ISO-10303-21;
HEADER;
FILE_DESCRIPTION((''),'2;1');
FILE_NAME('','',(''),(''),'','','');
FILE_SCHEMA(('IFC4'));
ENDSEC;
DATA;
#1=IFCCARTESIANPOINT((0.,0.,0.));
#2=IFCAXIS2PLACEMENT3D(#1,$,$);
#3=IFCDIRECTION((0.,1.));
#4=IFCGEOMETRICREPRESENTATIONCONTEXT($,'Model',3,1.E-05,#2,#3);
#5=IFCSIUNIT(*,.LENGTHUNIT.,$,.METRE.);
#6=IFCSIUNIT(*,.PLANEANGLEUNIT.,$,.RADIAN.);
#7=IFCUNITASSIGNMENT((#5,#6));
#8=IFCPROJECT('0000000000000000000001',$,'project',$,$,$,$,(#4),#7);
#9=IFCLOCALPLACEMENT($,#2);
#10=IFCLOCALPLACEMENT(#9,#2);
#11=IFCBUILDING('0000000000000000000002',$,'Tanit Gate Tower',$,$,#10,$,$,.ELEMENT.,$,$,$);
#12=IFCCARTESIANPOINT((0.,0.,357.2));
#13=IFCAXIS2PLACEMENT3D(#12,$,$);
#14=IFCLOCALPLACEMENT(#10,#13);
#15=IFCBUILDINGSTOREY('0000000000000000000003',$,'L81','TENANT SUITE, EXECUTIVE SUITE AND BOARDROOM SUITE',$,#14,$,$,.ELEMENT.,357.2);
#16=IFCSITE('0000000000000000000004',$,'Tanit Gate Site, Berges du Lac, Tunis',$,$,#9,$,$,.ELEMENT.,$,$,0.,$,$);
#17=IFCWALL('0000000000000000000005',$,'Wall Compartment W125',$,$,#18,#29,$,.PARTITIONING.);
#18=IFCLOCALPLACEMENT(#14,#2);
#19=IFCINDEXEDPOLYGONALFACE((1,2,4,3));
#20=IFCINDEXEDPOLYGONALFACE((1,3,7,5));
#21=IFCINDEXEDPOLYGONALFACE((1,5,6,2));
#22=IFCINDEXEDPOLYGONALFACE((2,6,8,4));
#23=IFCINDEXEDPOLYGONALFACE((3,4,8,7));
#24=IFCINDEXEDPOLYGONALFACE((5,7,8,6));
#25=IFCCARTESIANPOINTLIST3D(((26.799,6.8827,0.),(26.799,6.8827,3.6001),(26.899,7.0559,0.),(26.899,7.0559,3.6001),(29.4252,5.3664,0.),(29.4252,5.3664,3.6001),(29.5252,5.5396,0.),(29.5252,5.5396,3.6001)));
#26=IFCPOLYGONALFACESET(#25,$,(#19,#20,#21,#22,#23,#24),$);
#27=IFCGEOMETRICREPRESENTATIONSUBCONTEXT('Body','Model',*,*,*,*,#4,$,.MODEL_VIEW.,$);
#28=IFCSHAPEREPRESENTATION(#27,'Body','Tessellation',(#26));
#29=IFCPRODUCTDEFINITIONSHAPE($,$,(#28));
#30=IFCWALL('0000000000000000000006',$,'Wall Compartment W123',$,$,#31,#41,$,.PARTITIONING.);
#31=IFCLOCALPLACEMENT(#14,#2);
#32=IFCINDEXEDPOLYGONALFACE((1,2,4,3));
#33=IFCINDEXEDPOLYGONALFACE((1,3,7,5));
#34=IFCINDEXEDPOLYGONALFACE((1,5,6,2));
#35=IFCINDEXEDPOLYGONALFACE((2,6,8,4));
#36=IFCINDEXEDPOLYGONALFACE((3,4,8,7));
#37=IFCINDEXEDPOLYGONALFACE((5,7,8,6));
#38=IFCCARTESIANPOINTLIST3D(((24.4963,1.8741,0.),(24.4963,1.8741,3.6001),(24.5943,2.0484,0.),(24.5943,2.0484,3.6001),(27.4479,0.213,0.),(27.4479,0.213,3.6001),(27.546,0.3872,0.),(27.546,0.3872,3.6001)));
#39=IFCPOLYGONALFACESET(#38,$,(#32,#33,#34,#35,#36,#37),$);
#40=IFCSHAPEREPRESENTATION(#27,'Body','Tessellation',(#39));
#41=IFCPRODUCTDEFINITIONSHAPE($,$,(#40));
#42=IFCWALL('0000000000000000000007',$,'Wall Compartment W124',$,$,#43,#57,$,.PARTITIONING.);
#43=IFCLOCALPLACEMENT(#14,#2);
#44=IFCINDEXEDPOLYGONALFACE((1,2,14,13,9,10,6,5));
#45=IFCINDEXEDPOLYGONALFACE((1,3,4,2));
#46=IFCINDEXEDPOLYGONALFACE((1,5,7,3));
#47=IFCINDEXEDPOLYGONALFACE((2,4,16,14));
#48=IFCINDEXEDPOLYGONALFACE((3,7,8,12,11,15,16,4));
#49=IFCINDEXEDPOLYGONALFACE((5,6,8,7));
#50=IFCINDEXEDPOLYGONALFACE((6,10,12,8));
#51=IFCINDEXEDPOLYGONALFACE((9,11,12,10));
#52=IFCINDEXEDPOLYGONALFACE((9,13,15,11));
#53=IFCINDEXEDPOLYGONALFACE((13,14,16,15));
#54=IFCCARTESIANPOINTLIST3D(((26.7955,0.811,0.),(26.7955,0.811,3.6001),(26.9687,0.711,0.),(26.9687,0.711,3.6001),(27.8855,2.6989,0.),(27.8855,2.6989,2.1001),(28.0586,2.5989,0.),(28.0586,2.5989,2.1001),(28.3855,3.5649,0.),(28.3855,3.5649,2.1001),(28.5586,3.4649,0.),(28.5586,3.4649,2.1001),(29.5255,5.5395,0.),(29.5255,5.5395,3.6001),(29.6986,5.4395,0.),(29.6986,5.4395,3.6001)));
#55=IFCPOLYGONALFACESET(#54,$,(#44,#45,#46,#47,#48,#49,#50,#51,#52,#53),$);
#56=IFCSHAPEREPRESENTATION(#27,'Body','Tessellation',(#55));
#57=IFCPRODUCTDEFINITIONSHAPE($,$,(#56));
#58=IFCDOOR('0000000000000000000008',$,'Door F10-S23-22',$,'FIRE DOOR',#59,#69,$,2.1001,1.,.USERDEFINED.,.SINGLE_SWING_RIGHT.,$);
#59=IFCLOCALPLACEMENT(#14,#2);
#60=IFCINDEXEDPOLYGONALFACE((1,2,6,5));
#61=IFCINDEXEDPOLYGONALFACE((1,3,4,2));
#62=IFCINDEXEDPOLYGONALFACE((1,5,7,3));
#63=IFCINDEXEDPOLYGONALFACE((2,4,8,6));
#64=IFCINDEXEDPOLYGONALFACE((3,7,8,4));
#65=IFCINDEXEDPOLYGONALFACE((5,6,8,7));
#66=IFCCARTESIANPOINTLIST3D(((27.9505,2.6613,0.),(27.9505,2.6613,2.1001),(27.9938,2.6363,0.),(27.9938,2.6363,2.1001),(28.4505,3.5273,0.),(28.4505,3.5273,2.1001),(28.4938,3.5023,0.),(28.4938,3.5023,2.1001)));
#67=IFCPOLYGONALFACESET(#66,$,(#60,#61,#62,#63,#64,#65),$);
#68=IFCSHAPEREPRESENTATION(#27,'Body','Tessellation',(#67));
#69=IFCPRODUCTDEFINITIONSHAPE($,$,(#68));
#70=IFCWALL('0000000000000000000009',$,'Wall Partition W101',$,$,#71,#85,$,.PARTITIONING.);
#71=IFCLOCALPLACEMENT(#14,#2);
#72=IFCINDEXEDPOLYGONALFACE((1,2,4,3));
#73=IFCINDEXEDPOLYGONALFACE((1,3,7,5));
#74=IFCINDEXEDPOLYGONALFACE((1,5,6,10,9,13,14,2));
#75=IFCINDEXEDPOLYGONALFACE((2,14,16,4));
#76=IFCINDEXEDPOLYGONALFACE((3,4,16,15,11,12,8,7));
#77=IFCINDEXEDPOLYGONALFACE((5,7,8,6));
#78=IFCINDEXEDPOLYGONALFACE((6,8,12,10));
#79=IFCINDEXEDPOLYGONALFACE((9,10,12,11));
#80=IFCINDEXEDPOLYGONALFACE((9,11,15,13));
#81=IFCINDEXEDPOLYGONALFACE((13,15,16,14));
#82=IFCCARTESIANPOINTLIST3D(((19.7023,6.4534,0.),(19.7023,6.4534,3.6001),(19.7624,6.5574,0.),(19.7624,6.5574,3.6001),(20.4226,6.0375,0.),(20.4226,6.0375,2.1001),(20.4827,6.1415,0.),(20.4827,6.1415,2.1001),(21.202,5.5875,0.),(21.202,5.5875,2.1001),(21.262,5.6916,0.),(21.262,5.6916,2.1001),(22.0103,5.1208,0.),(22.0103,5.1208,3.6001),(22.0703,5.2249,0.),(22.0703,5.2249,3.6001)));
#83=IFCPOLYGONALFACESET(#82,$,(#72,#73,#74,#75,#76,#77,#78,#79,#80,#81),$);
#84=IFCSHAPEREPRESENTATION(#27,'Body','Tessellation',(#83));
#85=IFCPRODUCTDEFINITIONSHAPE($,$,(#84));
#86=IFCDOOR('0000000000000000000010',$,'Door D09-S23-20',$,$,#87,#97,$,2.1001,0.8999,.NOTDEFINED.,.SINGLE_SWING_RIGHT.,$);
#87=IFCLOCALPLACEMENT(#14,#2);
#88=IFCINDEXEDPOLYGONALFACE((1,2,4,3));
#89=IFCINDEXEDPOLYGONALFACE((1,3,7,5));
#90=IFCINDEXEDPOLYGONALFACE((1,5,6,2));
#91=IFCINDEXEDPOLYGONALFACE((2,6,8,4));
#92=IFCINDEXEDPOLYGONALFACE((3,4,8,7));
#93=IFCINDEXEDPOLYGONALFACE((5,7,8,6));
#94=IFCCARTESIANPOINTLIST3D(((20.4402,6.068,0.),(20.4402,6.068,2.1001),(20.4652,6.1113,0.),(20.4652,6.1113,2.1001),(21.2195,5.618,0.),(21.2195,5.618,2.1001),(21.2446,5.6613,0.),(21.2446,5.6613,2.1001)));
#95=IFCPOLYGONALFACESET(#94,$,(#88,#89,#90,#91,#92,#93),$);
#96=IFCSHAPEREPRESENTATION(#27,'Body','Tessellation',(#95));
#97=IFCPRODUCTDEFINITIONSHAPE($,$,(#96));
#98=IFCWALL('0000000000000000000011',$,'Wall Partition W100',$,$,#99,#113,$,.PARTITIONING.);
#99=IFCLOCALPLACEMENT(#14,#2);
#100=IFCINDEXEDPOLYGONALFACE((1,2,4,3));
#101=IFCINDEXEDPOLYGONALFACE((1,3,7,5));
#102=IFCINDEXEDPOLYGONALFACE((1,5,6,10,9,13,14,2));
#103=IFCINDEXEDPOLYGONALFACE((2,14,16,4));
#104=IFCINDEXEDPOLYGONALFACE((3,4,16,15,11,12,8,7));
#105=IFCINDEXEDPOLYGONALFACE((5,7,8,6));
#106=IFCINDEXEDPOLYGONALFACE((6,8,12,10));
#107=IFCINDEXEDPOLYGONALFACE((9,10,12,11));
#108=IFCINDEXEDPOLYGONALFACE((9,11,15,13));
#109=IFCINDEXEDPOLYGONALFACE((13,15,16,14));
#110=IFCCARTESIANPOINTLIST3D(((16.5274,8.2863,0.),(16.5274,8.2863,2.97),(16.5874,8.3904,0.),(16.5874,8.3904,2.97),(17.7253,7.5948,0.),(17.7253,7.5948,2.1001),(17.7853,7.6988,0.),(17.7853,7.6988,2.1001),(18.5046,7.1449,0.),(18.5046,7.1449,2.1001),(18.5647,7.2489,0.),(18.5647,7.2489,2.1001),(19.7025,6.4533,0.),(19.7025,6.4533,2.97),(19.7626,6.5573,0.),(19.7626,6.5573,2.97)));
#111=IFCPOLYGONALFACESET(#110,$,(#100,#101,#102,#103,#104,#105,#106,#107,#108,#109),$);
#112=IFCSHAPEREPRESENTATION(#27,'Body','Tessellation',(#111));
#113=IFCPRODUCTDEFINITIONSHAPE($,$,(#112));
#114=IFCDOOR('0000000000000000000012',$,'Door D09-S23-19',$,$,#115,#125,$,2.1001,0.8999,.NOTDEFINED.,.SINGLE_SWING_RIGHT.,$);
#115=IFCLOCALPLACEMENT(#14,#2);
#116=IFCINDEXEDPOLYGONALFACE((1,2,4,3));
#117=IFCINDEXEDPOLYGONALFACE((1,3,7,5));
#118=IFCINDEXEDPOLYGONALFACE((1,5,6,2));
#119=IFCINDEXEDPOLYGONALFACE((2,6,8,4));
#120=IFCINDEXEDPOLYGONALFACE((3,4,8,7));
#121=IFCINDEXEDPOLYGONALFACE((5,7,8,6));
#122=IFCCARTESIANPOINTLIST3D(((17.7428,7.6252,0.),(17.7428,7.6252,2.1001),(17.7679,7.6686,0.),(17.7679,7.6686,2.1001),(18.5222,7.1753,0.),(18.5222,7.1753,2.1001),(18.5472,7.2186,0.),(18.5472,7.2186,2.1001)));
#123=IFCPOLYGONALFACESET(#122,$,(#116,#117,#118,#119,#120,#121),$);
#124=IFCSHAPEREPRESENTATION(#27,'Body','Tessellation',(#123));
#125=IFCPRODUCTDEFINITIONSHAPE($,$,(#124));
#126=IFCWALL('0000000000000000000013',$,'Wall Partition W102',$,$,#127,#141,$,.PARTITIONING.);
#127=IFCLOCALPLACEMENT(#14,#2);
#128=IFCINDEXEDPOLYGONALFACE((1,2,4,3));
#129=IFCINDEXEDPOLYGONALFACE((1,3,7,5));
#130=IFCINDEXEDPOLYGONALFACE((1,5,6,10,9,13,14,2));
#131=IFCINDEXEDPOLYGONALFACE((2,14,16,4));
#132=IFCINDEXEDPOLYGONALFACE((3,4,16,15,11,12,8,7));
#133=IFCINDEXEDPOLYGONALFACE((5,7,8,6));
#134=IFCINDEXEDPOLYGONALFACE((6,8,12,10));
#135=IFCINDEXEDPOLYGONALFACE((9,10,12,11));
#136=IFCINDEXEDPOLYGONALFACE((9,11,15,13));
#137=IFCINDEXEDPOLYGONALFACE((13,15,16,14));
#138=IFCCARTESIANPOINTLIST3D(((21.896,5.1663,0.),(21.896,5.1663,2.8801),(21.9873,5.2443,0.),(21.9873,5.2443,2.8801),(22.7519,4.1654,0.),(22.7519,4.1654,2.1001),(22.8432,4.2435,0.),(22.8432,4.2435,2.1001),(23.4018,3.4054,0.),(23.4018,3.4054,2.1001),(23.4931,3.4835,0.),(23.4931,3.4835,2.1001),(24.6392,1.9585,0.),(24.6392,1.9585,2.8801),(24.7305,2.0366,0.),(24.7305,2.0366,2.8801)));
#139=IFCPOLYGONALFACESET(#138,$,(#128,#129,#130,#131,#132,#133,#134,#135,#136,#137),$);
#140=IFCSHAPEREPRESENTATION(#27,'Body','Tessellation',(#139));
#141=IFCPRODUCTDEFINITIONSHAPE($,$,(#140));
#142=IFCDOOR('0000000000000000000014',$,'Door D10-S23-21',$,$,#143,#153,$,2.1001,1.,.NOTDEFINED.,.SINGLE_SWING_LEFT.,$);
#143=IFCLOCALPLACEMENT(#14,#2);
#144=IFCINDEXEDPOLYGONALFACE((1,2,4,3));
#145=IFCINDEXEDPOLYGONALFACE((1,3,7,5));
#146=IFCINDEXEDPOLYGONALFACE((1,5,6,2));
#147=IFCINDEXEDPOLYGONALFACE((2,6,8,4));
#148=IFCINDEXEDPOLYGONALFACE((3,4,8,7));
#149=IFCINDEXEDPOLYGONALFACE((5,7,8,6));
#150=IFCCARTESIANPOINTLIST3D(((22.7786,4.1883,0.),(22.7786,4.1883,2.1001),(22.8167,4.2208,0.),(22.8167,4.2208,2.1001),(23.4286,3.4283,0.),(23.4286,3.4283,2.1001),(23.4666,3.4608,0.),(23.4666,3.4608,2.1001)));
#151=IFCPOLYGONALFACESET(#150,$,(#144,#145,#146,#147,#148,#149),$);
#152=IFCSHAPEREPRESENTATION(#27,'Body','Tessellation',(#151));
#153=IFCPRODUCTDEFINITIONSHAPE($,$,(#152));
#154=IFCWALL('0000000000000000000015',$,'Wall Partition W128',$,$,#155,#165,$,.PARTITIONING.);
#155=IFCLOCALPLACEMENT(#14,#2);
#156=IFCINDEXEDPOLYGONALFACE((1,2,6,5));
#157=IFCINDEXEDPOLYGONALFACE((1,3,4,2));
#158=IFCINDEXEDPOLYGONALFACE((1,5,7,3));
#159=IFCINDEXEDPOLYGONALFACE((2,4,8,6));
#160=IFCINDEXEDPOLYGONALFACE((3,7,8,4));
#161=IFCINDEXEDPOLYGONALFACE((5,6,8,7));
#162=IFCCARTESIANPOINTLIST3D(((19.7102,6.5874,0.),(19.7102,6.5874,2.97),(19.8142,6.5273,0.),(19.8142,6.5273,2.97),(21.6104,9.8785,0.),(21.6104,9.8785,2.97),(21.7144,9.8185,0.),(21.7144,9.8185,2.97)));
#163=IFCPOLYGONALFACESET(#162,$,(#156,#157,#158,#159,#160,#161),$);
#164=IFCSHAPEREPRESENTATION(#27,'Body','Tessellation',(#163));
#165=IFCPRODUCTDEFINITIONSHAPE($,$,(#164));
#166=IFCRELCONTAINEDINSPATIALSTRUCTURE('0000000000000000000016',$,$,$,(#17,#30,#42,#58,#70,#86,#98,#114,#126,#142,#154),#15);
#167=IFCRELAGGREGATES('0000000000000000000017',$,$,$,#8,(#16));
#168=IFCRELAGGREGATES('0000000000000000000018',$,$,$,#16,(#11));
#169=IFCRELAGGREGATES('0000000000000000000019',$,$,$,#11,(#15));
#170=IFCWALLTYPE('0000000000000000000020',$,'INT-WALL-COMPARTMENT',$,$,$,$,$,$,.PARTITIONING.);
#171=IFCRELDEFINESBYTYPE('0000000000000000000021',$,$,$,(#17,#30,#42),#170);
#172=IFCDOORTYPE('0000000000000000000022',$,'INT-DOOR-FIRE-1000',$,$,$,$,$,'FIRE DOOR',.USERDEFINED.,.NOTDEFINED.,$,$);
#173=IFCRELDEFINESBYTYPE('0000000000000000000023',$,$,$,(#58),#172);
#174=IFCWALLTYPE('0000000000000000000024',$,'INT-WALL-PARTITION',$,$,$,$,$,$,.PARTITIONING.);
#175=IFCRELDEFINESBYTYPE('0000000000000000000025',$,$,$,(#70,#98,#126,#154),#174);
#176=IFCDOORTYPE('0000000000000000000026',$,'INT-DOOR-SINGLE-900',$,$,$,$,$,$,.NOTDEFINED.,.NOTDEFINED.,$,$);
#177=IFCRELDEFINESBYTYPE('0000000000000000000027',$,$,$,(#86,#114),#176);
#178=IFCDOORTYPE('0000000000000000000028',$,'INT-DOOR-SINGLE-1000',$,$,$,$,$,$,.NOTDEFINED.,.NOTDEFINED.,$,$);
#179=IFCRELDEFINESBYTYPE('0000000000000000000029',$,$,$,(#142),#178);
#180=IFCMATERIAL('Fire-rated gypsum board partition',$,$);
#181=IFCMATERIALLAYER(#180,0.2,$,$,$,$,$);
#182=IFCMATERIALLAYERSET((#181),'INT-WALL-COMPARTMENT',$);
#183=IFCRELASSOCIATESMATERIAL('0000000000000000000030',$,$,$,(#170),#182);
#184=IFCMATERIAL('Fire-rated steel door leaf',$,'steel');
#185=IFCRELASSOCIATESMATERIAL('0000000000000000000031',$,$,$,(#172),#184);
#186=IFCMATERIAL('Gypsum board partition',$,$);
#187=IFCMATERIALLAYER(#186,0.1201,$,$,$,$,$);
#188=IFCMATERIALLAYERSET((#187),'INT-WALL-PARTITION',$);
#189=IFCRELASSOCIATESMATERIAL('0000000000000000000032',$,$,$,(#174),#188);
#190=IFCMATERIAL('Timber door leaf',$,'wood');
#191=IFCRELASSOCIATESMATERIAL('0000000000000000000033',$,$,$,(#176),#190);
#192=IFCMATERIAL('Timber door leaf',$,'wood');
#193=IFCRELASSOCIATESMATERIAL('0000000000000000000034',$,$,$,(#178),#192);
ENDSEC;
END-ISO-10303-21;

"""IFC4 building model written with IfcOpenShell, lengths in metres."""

from ifc_helpers import new_model, si_unit, direction, frame, frame_2d, origin, place, context, subcontext, project, spatial, rectangle, extrude, material, layer, layer_set, type_object, element, fill, save


model = new_model("IFC4")

# Units and contexts
model_context = context("Model", 3, precision=1e-05, world=origin(), true_north=direction((0.0, 1.0)))
body_context = subcontext(model_context, "Body", "Model", "MODEL_VIEW")
ifc_project = project(units=[si_unit("LENGTHUNIT", "METRE"), si_unit("PLANEANGLEUNIT", "RADIAN")], contexts=[model_context])

# Site, building, storey
site_placement = place(None, origin())
site = spatial("IfcSite", under=ifc_project, at=site_placement, Name="Tanit Gate Site, Berges du Lac, Tunis", CompositionType="ELEMENT", RefElevation=0.0)
building_placement = place(site_placement, origin())
building = spatial("IfcBuilding", under=site, at=building_placement, Name="Tanit Gate Tower", CompositionType="ELEMENT")
storey_placement = place(building_placement, frame((0.0, 0.0, 357.2)))
storey = spatial("IfcBuildingStorey", under=building, at=storey_placement, Name="L81", Description="TENANT SUITE, EXECUTIVE SUITE AND BOARDROOM SUITE", CompositionType="ELEMENT", Elevation=357.2)

# Shared definitions
ifc_material_1 = material(Name="Fire-rated gypsum board partition")
ifc_layer_1 = layer(ifc_material_1, 0.2)
ifc_layer_set_1 = layer_set([ifc_layer_1], Name="INT-WALL-COMPARTMENT")
wall_type_1 = type_object("IfcWallType", Name="INT-WALL-COMPARTMENT", PredefinedType="PARTITIONING", material=ifc_layer_set_1)
ifc_material_2 = material(Name="Fire-rated steel door leaf", Category="steel")
door_type_1 = type_object("IfcDoorType", Name="INT-DOOR-FIRE-1000", ElementType="FIRE DOOR", OperationType="NOTDEFINED", PredefinedType="USERDEFINED", material=ifc_material_2)

# Walls
wall_1_placement = place(storey_placement, frame((26.8491, 6.9692, 0.0), z_axis=(0.0, 0.0, 1.0), x_axis=(0.86601, -0.500027, 0.0)))
element("IfcWall", 1, at=wall_1_placement, inside=storey, type_object=wall_type_1, Name="Wall Compartment W125", PredefinedType="PARTITIONING", context=body_context, shape_type="SweptSolid", body=[
    extrude(rectangle(XDim=3.0325, YDim=0.2, at=frame_2d((1.5161, 0.0))), origin(), (0.0, 0.0, 1.0), 3.6001),
])
wall_2_placement = place(storey_placement, frame((24.5454, 1.9612, 0.0), z_axis=(0.0, 0.0, 1.0), x_axis=(0.871472, -0.490446, 0.0)))
element("IfcWall", 2, at=wall_2_placement, inside=storey, type_object=wall_type_1, Name="Wall Compartment W123", PredefinedType="PARTITIONING", context=body_context, shape_type="SweptSolid", body=[
    extrude(rectangle(XDim=3.387, YDim=0.2, at=frame_2d((1.6934, 0.0))), origin(), (0.0, 0.0, 1.0), 3.6001),
])

# Walls, openings, doors
wall_3_placement = place(storey_placement, frame((26.8821, 0.761, 0.0), z_axis=(0.0, 0.0, 1.0), x_axis=(0.499996, 0.866028, 0.0)))
wall_3 = element("IfcWall", 3, at=wall_3_placement, inside=storey, type_object=wall_type_1, Name="Wall Compartment W124", PredefinedType="PARTITIONING", context=body_context, shape_type="SweptSolid", body=[
    extrude(rectangle(XDim=5.46, YDim=0.2, at=frame_2d((2.73, 0.0))), origin(), (0.0, 0.0, 1.0), 3.6001),
])
opening_1_placement = place(wall_3_placement, frame((2.1799, 0.0, 0.0)))
opening_1 = element("IfcOpeningElement", 4, at=opening_1_placement, cuts=wall_3, PredefinedType="OPENING", context=body_context, shape_type="SweptSolid", body=[
    extrude(rectangle(XDim=1.0, YDim=2.1001, at=frame_2d((0.5, 1.05))), frame((0.0, 0.1099, 0.0), z_axis=(0.0, -1.0, 0.0), x_axis=(1.0, 0.0, 0.0)), (0.0, 0.0, 1.0), 0.22),
])
door_1_placement = place(opening_1_placement, origin())
door_1 = element("IfcDoor", 5, at=door_1_placement, inside=storey, type_object=door_type_1, Name="Door F10-S23-22", ObjectType="FIRE DOOR", OperationType="SINGLE_SWING_RIGHT", OverallHeight=2.1001, OverallWidth=1.0, PredefinedType="USERDEFINED", context=body_context, shape_type="SweptSolid", body=[
    extrude(rectangle(XDim=1.0, YDim=2.1001, at=frame_2d((0.5, 1.05))), frame((0.0, 0.0249, 0.0), z_axis=(0.0, -1.0, 0.0), x_axis=(1.0, 0.0, 0.0)), (0.0, 0.0, 1.0), 0.05),
])
fill(opening_1, door_1)
ifc_material_3 = material(Name="Gypsum board partition")
ifc_layer_2 = layer(ifc_material_3, 0.1201)
ifc_layer_set_2 = layer_set([ifc_layer_2], Name="INT-WALL-PARTITION")
wall_type_2 = type_object("IfcWallType", Name="INT-WALL-PARTITION", PredefinedType="PARTITIONING", material=ifc_layer_set_2)
wall_4_placement = place(storey_placement, frame((22.0403, 5.1729, 0.0), z_axis=(0.0, 0.0, 1.0), x_axis=(-0.866013, 0.500021, 0.0)))
wall_4 = element("IfcWall", 6, at=wall_4_placement, inside=storey, type_object=wall_type_2, Name="Wall Partition W101", PredefinedType="PARTITIONING", context=body_context, shape_type="SweptSolid", body=[
    extrude(rectangle(XDim=2.665, YDim=0.1201, at=frame_2d((1.3325, 0.0))), origin(), (0.0, 0.0, 1.0), 3.6001),
])
opening_2_placement = place(wall_4_placement, frame((0.9333, 0.0, 0.0)))
opening_2 = element("IfcOpeningElement", 7, at=opening_2_placement, cuts=wall_4, PredefinedType="OPENING", context=body_context, shape_type="SweptSolid", body=[
    extrude(rectangle(XDim=0.8999, YDim=2.1001, at=frame_2d((0.45, 1.05))), frame((0.0, 0.0701, 0.0), z_axis=(0.0, -1.0, 0.0), x_axis=(1.0, 0.0, 0.0)), (0.0, 0.0, 1.0), 0.1401),
])
ifc_material_4 = material(Name="Timber door leaf", Category="wood")
door_type_2 = type_object("IfcDoorType", Name="INT-DOOR-SINGLE-900", OperationType="NOTDEFINED", PredefinedType="NOTDEFINED", material=ifc_material_4)
door_2_placement = place(opening_2_placement, origin())
door_2 = element("IfcDoor", 8, at=door_2_placement, inside=storey, type_object=door_type_2, Name="Door D09-S23-20", OperationType="SINGLE_SWING_RIGHT", OverallHeight=2.1001, OverallWidth=0.8999, PredefinedType="NOTDEFINED", context=body_context, shape_type="SweptSolid", body=[
    extrude(rectangle(XDim=0.8999, YDim=2.1001, at=frame_2d((0.45, 1.05))), frame((0.0, 0.0249, 0.0), z_axis=(0.0, -1.0, 0.0), x_axis=(1.0, 0.0, 0.0)), (0.0, 0.0, 1.0), 0.05),
])
fill(opening_2, door_2)
wall_5_placement = place(storey_placement, frame((19.7324, 6.5054, 0.0), z_axis=(0.0, 0.0, 1.0), x_axis=(-0.866038, 0.499978, 0.0)))
wall_5 = element("IfcWall", 9, at=wall_5_placement, inside=storey, type_object=wall_type_2, Name="Wall Partition W100", PredefinedType="PARTITIONING", context=body_context, shape_type="SweptSolid", body=[
    extrude(rectangle(XDim=3.6663, YDim=0.1201, at=frame_2d((1.833, 0.0))), origin(), (0.0, 0.0, 1.0), 2.97),
])
opening_3_placement = place(wall_5_placement, frame((1.3831, 0.0, 0.0)))
opening_3 = element("IfcOpeningElement", 10, at=opening_3_placement, cuts=wall_5, PredefinedType="OPENING", context=body_context, shape_type="SweptSolid", body=[
    extrude(rectangle(XDim=0.8999, YDim=2.1001, at=frame_2d((0.45, 1.05))), frame((0.0, 0.0701, 0.0), z_axis=(0.0, -1.0, 0.0), x_axis=(1.0, 0.0, 0.0)), (0.0, 0.0, 1.0), 0.1401),
])
door_3_placement = place(opening_3_placement, origin())
door_3 = element("IfcDoor", 11, at=door_3_placement, inside=storey, type_object=door_type_2, Name="Door D09-S23-19", OperationType="SINGLE_SWING_RIGHT", OverallHeight=2.1001, OverallWidth=0.8999, PredefinedType="NOTDEFINED", context=body_context, shape_type="SweptSolid", body=[
    extrude(rectangle(XDim=0.8999, YDim=2.1001, at=frame_2d((0.45, 1.05))), frame((0.0, 0.0249, 0.0), z_axis=(0.0, -1.0, 0.0), x_axis=(1.0, 0.0, 0.0)), (0.0, 0.0, 1.0), 0.05),
])
fill(opening_3, door_3)
wall_6_placement = place(storey_placement, frame((24.6848, 1.9976, 0.0), z_axis=(0.0, 0.0, 1.0), x_axis=(-0.649924, 0.759999, 0.0)))
wall_6 = element("IfcWall", 12, at=wall_6_placement, inside=storey, type_object=wall_type_2, Name="Wall Partition W102", PredefinedType="PARTITIONING", context=body_context, shape_type="SweptSolid", body=[
    extrude(rectangle(XDim=4.2207, YDim=0.1201, at=frame_2d((2.1104, 0.0))), origin(), (0.0, 0.0, 1.0), 2.8801),
])
opening_4_placement = place(wall_6_placement, frame((1.9038, 0.0, 0.0)))
opening_4 = element("IfcOpeningElement", 13, at=opening_4_placement, cuts=wall_6, PredefinedType="OPENING", context=body_context, shape_type="SweptSolid", body=[
    extrude(rectangle(XDim=1.0, YDim=2.1001, at=frame_2d((0.5, 1.05))), frame((0.0, 0.0701, 0.0), z_axis=(0.0, -1.0, 0.0), x_axis=(1.0, 0.0, 0.0)), (0.0, 0.0, 1.0), 0.1401),
])
ifc_material_5 = material(Name="Timber door leaf", Category="wood")
door_type_3 = type_object("IfcDoorType", Name="INT-DOOR-SINGLE-1000", OperationType="NOTDEFINED", PredefinedType="NOTDEFINED", material=ifc_material_5)
door_4_placement = place(opening_4_placement, origin())
door_4 = element("IfcDoor", 14, at=door_4_placement, inside=storey, type_object=door_type_3, Name="Door D10-S23-21", OperationType="SINGLE_SWING_LEFT", OverallHeight=2.1001, OverallWidth=1.0, PredefinedType="NOTDEFINED", context=body_context, shape_type="SweptSolid", body=[
    extrude(rectangle(XDim=1.0, YDim=2.1001, at=frame_2d((0.5, 1.05))), frame((0.0, 0.0249, 0.0), z_axis=(0.0, -1.0, 0.0), x_axis=(1.0, 0.0, 0.0)), (0.0, 0.0, 1.0), 0.05),
])
fill(opening_4, door_4)

# Wall
wall_7_placement = place(storey_placement, frame((19.7622, 6.5574, 0.0), z_axis=(0.0, 0.0, 1.0), x_axis=(0.500015, 0.866017, 0.0)))
element("IfcWall", 15, at=wall_7_placement, inside=storey, type_object=wall_type_2, Name="Wall Partition W128", PredefinedType="PARTITIONING", context=body_context, shape_type="SweptSolid", body=[
    extrude(rectangle(XDim=3.8003, YDim=0.1201, at=frame_2d((1.9001, 0.0))), origin(), (0.0, 0.0, 1.0), 2.97),
])

save(model, "model.ifc")
